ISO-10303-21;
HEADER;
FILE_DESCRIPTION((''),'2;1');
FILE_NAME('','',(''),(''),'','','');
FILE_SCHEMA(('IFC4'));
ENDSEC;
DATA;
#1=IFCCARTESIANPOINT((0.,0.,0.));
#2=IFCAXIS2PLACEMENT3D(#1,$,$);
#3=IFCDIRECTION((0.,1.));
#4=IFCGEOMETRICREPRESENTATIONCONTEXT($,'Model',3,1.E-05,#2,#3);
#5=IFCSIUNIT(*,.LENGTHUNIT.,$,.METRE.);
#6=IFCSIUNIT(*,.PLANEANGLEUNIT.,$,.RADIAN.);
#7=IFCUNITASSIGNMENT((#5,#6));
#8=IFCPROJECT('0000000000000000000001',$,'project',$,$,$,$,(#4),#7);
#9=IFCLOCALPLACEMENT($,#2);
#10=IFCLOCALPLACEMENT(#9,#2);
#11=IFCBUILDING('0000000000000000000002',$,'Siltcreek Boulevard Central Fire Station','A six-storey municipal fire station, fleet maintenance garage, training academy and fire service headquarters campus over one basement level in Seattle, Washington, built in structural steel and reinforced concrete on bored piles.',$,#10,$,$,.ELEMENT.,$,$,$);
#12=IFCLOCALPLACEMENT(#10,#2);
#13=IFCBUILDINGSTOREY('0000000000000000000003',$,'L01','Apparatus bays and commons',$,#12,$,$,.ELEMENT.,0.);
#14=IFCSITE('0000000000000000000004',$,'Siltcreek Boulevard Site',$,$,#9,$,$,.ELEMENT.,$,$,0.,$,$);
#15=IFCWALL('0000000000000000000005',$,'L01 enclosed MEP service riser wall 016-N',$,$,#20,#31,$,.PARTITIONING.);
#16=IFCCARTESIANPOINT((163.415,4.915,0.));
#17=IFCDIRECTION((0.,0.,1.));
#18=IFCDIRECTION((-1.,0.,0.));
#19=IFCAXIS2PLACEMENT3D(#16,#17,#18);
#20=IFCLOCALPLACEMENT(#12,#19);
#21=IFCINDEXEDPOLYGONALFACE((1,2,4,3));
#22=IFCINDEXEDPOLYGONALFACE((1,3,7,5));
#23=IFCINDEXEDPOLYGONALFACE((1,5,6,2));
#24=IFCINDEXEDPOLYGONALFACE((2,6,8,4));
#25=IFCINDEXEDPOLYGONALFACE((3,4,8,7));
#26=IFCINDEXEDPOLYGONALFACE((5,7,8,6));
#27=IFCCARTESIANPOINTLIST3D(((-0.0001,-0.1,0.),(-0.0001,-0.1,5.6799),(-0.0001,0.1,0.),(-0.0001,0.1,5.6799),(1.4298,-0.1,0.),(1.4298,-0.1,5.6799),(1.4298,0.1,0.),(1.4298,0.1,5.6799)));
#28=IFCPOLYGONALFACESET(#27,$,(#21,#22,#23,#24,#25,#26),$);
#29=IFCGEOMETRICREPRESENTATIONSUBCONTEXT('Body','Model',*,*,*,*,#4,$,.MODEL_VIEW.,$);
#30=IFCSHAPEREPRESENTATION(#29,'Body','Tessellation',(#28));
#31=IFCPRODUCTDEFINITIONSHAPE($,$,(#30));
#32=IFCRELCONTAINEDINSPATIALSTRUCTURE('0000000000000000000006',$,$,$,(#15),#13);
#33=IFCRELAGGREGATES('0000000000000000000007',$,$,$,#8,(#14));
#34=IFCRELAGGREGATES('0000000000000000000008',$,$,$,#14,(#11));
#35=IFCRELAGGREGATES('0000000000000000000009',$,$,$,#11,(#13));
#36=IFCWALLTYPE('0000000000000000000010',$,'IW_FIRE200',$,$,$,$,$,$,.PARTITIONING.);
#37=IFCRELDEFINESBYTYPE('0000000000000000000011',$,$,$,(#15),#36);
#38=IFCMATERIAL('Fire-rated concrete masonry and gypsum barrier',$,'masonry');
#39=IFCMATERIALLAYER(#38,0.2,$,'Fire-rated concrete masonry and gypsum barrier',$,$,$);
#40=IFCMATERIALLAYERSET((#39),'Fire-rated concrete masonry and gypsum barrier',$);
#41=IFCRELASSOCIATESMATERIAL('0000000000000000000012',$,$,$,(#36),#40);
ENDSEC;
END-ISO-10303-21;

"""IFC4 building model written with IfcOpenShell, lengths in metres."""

from ifc_helpers import new_model, si_unit, direction, frame, frame_2d, origin, place, context, subcontext, project, spatial, rectangle, extrude, material, layer, layer_set, type_object, element, save


model = new_model("IFC4")

# Units and contexts
model_context = context("Model", 3, precision=1e-05, world=origin(), true_north=direction((0.0, 1.0)))
body_context = subcontext(model_context, "Body", "Model", "MODEL_VIEW")
ifc_project = project(units=[si_unit("LENGTHUNIT", "METRE"), si_unit("PLANEANGLEUNIT", "RADIAN")], contexts=[model_context])

# Site, building, storey
site_placement = place(None, origin())
site = spatial("IfcSite", under=ifc_project, at=site_placement, Name="Siltcreek Boulevard Site", CompositionType="ELEMENT", RefElevation=0.0)
building_placement = place(site_placement, origin())
building = spatial("IfcBuilding", under=site, at=building_placement, Name="Siltcreek Boulevard Central Fire Station", Description="A six-storey municipal fire station, fleet maintenance garage, training academy and fire service headquarters campus over one basement level in Seattle, Washington, built in structural steel and reinforced concrete on bored piles.", CompositionType="ELEMENT")
storey_placement = place(building_placement, origin())
storey = spatial("IfcBuildingStorey", under=building, at=storey_placement, Name="L01", Description="Apparatus bays and commons", CompositionType="ELEMENT", Elevation=0.0)

# Wall
ifc_material_1 = material(Name="Fire-rated concrete masonry and gypsum barrier", Category="masonry")
ifc_layer_1 = layer(ifc_material_1, 0.2, Name="Fire-rated concrete masonry and gypsum barrier")
ifc_layer_set_1 = layer_set([ifc_layer_1], Name="Fire-rated concrete masonry and gypsum barrier")
wall_type_1 = type_object("IfcWallType", Name="IW_FIRE200", PredefinedType="PARTITIONING", material=ifc_layer_set_1)
wall_1_placement = place(storey_placement, frame((163.415, 4.915, 0.0), z_axis=(0.0, 0.0, 1.0), x_axis=(-1.0, 0.0, 0.0)))
element("IfcWall", 1, at=wall_1_placement, inside=storey, type_object=wall_type_1, Name="L01 enclosed MEP service riser wall 016-N", PredefinedType="PARTITIONING", context=body_context, shape_type="SweptSolid", body=[
    extrude(rectangle(XDim=1.4299, YDim=0.2, at=frame_2d((0.7148, 0.0))), origin(), (0.0, 0.0, 1.0), 5.6799),
])

save(model, "model.ifc")
